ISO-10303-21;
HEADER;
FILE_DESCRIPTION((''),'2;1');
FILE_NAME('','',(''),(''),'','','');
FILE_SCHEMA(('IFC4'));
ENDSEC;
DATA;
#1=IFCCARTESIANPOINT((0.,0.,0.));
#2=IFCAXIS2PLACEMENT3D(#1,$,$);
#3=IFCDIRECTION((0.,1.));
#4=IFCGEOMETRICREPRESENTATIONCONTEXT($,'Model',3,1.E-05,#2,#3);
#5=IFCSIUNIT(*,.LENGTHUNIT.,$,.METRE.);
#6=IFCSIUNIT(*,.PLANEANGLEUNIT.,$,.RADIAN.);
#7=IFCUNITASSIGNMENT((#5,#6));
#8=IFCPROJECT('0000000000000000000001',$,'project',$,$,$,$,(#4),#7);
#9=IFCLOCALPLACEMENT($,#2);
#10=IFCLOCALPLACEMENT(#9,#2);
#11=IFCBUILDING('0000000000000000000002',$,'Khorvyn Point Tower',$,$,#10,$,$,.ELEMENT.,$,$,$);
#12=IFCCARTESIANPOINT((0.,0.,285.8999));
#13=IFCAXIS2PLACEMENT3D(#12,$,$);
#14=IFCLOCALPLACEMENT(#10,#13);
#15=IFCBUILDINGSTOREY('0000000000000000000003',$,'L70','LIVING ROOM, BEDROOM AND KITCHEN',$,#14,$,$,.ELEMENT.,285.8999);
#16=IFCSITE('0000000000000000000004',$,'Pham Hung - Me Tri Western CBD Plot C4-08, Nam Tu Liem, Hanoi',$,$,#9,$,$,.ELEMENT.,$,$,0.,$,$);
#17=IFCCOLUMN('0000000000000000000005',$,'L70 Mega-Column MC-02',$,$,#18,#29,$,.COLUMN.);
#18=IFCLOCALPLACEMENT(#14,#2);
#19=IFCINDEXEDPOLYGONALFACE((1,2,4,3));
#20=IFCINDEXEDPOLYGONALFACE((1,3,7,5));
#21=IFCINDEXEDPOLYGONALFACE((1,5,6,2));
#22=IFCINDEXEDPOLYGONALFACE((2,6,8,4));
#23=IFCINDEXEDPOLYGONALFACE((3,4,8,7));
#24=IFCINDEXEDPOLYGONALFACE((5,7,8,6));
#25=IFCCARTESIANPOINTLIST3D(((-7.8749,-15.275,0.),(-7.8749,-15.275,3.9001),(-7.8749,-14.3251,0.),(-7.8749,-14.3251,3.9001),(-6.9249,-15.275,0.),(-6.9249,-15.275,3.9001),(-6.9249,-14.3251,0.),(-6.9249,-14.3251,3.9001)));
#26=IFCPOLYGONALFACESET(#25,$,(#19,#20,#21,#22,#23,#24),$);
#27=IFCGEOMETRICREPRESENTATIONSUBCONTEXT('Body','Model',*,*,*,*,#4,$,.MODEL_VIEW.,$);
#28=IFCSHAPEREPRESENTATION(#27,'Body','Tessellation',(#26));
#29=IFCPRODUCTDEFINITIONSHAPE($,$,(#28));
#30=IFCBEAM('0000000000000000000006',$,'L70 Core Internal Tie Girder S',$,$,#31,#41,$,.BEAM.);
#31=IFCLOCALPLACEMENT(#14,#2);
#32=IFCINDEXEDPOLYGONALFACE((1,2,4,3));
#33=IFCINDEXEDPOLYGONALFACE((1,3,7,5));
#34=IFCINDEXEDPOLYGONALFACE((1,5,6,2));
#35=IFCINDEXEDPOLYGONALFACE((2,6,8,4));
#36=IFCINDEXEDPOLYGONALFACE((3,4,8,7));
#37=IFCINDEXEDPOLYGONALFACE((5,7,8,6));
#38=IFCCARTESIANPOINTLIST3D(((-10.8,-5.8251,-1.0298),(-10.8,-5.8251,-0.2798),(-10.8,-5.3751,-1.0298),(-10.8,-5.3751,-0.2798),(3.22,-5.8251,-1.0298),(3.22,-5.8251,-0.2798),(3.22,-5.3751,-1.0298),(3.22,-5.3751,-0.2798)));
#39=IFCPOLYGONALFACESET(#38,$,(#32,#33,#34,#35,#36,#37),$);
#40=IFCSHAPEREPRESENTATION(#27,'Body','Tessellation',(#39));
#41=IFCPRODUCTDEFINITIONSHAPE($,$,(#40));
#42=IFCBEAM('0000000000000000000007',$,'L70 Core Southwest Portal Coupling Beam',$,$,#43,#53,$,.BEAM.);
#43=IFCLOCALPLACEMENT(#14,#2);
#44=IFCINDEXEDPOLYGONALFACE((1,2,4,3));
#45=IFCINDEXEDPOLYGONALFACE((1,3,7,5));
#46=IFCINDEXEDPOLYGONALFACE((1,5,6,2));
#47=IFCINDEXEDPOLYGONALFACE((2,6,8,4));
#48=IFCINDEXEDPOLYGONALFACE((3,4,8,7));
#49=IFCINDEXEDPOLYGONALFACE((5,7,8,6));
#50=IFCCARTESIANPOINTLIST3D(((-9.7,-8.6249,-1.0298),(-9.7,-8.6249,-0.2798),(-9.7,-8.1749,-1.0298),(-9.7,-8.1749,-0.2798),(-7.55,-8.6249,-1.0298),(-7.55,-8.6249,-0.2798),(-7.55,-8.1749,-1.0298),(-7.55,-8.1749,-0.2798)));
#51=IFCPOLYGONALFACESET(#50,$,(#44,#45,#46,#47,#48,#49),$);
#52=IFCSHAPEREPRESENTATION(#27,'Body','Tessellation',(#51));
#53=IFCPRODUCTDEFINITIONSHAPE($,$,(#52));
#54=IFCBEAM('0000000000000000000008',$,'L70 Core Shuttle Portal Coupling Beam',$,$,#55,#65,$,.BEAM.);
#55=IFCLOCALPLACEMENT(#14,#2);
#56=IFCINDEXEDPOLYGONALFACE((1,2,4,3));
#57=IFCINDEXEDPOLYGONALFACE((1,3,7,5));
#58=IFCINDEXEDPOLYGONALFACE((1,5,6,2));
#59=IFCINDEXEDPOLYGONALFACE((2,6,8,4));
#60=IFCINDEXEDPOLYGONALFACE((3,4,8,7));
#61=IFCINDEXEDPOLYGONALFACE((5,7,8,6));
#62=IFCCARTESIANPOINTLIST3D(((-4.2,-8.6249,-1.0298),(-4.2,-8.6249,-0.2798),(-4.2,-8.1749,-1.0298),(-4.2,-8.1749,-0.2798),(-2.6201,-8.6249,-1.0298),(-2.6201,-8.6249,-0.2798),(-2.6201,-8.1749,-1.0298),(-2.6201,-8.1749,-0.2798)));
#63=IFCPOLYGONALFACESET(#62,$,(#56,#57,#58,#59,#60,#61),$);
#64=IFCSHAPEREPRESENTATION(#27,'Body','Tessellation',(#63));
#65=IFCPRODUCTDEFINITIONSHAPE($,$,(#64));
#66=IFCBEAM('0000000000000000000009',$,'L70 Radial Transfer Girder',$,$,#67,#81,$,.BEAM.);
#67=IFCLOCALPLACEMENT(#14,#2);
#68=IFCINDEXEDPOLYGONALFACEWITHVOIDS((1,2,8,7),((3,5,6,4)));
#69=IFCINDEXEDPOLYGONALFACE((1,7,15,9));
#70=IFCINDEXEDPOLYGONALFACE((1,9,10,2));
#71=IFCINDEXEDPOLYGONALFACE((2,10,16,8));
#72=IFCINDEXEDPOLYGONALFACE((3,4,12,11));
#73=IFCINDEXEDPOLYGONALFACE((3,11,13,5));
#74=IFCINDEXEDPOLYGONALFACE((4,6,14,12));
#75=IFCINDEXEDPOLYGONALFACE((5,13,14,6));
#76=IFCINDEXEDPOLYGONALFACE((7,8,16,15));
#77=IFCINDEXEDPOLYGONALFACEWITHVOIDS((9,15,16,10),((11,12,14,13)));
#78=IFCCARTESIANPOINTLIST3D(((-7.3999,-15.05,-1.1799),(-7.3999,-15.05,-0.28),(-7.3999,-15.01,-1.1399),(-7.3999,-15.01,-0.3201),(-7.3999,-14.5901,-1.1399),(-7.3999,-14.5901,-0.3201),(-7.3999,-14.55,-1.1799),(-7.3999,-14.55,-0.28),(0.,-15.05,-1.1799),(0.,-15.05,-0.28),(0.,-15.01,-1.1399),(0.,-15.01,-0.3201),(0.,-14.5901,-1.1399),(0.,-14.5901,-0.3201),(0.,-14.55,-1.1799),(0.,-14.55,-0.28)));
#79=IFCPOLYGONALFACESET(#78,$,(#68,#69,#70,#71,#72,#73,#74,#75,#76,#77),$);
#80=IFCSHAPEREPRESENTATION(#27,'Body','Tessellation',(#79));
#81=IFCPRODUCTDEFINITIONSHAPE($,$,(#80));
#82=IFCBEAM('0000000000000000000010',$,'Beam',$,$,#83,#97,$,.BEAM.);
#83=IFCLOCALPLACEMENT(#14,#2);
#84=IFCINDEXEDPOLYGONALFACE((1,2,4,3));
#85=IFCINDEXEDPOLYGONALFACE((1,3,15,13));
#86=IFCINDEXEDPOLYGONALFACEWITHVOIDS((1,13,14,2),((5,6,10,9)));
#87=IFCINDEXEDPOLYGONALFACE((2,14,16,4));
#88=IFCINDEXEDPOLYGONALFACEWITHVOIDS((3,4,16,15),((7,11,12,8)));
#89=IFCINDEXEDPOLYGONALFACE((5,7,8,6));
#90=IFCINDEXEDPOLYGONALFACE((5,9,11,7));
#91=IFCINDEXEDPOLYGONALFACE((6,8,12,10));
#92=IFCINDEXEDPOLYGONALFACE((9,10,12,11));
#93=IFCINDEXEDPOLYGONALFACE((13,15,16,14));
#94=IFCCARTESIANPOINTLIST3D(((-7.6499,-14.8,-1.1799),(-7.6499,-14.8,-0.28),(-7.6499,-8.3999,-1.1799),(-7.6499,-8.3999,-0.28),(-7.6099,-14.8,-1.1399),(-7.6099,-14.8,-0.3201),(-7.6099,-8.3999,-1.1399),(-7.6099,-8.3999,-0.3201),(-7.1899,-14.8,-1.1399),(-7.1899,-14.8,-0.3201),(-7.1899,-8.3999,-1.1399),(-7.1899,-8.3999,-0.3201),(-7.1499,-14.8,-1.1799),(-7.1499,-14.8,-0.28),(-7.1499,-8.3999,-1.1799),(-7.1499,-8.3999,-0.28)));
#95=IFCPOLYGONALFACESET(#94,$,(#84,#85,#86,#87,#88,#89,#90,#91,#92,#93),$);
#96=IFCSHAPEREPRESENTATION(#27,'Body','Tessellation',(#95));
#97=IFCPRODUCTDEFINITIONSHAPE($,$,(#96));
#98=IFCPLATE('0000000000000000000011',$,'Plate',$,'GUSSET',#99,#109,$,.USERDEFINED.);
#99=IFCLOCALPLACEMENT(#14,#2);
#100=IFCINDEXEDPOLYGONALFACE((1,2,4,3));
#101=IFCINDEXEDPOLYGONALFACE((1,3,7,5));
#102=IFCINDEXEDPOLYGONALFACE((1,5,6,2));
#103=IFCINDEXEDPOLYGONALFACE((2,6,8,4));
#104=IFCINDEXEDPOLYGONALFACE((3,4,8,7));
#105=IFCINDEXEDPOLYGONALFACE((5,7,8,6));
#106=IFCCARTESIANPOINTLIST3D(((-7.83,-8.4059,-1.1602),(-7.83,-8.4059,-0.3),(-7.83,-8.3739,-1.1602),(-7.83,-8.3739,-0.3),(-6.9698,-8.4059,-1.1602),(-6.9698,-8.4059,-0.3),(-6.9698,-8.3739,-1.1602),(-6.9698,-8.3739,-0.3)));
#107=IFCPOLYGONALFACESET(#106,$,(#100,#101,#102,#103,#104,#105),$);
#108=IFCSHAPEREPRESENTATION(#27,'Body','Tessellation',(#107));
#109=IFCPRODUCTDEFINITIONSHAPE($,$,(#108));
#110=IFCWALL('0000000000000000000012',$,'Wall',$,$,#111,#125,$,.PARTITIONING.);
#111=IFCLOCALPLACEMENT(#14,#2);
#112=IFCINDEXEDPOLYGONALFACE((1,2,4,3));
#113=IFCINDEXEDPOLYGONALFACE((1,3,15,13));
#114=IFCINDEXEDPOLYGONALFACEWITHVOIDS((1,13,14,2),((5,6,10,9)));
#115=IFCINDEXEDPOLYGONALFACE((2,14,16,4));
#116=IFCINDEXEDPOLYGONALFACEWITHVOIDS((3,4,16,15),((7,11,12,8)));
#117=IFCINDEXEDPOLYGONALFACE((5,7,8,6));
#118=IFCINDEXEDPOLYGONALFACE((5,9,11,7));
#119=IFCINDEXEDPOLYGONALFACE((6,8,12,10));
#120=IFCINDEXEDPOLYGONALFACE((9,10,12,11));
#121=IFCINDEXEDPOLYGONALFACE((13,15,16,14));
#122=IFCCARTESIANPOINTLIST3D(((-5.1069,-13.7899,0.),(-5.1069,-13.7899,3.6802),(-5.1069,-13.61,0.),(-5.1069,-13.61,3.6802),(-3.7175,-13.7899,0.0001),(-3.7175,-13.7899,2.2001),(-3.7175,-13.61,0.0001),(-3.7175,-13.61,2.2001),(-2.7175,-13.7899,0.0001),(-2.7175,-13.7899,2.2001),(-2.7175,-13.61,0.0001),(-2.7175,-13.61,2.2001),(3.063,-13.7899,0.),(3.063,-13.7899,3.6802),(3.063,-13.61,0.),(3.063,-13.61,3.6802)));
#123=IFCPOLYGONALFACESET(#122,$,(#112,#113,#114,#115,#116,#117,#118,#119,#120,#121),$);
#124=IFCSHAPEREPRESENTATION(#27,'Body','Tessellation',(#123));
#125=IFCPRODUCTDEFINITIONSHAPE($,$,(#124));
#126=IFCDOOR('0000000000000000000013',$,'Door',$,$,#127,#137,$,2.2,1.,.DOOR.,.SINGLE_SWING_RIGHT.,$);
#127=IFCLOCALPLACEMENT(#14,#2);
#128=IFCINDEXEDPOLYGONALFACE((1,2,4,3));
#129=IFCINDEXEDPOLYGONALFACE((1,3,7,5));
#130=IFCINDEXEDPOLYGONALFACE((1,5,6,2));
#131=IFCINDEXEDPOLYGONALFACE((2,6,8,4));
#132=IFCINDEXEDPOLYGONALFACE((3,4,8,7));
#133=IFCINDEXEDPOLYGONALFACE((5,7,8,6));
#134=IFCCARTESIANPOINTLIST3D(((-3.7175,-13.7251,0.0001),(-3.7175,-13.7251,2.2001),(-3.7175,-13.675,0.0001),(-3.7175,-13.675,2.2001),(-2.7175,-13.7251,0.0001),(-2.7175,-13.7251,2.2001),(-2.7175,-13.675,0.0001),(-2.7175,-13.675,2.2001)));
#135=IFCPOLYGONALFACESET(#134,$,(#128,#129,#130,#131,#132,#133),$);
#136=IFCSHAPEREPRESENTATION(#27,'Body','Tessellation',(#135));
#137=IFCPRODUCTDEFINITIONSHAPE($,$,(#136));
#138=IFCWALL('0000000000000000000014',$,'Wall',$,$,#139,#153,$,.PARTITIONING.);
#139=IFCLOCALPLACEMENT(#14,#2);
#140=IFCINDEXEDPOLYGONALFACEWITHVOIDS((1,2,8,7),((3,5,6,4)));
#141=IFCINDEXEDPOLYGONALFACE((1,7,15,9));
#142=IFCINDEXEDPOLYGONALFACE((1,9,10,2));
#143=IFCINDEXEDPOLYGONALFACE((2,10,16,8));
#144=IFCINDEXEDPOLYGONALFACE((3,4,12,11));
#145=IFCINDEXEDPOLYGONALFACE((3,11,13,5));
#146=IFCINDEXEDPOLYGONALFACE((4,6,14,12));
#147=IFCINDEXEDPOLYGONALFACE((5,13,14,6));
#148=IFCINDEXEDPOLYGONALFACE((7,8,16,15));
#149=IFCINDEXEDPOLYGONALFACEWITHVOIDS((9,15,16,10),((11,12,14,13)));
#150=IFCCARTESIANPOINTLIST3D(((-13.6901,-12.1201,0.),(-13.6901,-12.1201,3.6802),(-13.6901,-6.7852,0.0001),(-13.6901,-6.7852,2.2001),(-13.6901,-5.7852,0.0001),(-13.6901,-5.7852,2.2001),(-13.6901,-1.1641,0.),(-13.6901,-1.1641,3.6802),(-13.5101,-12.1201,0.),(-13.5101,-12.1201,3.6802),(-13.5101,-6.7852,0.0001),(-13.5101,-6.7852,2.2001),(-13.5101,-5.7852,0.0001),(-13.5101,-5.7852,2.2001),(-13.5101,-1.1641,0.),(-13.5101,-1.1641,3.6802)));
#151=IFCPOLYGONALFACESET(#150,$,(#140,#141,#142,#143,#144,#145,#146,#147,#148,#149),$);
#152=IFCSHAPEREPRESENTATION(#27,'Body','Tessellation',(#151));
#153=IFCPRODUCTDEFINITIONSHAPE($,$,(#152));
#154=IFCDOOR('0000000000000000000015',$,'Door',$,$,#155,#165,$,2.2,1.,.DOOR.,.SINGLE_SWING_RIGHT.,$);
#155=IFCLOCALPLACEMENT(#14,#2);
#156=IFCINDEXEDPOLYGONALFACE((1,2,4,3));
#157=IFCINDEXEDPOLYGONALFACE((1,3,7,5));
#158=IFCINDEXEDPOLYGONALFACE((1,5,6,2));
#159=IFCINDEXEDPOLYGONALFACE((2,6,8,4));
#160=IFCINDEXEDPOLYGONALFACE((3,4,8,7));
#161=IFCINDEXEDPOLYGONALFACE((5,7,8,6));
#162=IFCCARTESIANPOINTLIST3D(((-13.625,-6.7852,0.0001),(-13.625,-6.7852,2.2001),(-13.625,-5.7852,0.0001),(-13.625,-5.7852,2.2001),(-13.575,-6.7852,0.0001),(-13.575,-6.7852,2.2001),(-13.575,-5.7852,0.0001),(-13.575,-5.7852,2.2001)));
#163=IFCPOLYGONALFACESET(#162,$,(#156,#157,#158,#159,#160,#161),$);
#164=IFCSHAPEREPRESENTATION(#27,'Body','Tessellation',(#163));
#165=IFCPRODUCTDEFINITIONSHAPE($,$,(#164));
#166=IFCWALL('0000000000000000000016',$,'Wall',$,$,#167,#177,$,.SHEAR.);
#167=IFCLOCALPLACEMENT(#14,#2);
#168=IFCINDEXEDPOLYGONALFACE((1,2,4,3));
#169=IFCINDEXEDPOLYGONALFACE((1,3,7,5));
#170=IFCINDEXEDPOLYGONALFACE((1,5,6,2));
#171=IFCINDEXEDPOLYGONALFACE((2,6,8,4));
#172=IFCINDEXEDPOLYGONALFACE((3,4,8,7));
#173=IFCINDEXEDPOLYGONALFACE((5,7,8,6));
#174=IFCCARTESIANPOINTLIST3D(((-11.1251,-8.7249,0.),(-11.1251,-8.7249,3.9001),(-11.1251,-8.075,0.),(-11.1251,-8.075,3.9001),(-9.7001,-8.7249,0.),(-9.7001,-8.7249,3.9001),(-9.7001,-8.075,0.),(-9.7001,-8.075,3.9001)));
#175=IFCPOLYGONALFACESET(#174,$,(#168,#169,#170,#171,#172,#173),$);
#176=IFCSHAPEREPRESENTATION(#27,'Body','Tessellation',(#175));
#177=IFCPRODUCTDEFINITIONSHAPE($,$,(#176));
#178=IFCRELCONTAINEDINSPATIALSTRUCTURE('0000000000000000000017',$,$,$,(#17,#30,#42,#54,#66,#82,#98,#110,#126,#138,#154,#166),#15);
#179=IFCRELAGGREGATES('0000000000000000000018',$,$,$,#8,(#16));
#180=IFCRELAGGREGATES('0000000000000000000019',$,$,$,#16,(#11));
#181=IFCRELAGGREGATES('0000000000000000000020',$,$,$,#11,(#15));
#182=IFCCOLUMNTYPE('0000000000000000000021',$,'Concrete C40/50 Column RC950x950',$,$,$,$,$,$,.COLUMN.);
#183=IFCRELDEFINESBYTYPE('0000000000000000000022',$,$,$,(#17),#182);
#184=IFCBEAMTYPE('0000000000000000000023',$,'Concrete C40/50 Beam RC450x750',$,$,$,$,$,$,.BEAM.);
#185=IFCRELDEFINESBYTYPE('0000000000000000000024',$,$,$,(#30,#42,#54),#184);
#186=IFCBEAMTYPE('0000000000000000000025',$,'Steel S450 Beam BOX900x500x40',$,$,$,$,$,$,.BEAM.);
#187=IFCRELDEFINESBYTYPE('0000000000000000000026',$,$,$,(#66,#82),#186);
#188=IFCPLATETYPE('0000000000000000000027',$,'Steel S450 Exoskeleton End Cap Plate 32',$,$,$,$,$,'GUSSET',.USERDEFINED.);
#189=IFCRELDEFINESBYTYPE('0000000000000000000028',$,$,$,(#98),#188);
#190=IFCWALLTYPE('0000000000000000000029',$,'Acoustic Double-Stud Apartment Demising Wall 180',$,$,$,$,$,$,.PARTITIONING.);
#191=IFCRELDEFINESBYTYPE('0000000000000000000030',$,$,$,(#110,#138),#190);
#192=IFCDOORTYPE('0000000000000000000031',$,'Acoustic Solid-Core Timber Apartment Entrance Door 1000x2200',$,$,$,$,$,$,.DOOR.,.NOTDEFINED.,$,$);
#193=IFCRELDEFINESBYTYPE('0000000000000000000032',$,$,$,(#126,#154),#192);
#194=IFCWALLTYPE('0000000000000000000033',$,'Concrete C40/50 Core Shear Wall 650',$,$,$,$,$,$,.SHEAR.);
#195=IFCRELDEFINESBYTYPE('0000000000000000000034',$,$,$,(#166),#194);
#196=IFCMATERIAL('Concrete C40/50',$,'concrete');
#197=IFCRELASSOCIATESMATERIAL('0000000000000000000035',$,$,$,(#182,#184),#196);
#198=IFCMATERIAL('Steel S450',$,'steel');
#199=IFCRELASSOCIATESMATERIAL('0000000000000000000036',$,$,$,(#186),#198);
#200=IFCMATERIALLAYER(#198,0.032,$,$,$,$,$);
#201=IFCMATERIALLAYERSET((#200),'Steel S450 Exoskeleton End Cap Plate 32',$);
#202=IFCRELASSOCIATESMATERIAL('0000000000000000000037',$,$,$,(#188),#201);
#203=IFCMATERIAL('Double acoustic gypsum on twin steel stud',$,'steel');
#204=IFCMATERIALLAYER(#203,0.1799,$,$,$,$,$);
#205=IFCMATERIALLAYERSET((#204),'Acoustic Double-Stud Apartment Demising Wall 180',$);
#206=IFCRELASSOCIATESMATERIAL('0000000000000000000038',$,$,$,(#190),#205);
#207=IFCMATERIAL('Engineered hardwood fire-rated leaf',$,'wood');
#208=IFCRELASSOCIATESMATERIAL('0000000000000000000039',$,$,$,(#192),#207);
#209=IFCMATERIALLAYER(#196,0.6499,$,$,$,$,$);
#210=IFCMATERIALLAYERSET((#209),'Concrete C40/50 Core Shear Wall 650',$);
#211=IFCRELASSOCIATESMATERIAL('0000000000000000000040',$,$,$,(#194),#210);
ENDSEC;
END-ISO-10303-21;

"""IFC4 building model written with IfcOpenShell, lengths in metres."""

from ifc_helpers import new_model, si_unit, direction, frame, frame_2d, origin, origin_2d, place, context, subcontext, project, spatial, rectangle, hollow_rectangle, extrude, material, layer, layer_set, material_profile, profile_set, type_object, element, fill, save


model = new_model("IFC4")

# Units and contexts
model_context = context("Model", 3, precision=1e-05, world=origin(), true_north=direction((0.0, 1.0)))
body_context = subcontext(model_context, "Body", "Model", "MODEL_VIEW")
ifc_project = project(units=[si_unit("LENGTHUNIT", "METRE"), si_unit("PLANEANGLEUNIT", "RADIAN")], contexts=[model_context])

# Site, building, storey
site_placement = place(None, origin())
site = spatial("IfcSite", under=ifc_project, at=site_placement, Name="Pham Hung - Me Tri Western CBD Plot C4-08, Nam Tu Liem, Hanoi", CompositionType="ELEMENT", RefElevation=0.0)
building_placement = place(site_placement, origin())
building = spatial("IfcBuilding", under=site, at=building_placement, Name="Khorvyn Point Tower", CompositionType="ELEMENT")
storey_placement = place(building_placement, frame((0.0, 0.0, 285.8999)))
storey = spatial("IfcBuildingStorey", under=building, at=storey_placement, Name="L70", Description="LIVING ROOM, BEDROOM AND KITCHEN", CompositionType="ELEMENT", Elevation=285.8999)

# Column
ifc_material_1 = material(Name="Concrete C40/50", Category="concrete")
ifc_material_profile_1 = material_profile(ifc_material_1, rectangle(XDim=0.95, YDim=0.95, at=origin_2d()))
ifc_profile_set_1 = profile_set([ifc_material_profile_1], Name="Concrete C40/50 RC950x950")
column_type = type_object("IfcColumnType", Name="Concrete C40/50 Column RC950x950", PredefinedType="COLUMN", material=ifc_profile_set_1)
column_placement = place(storey_placement, frame((-7.3999, -14.8, 0.0), z_axis=(0.0, 0.0, 1.0), x_axis=(1.0, 0.0, 0.0)))
element("IfcColumn", 1, at=column_placement, inside=storey, type_object=column_type, Name="L70 Mega-Column MC-02", PredefinedType="COLUMN", context=body_context, shape_type="SweptSolid", body=[
    extrude(rectangle(XDim=0.95, YDim=0.95, at=origin_2d()), origin(), (0.0, 0.0, 1.0), 3.9001),
])

# Beams
ifc_material_profile_2 = material_profile(ifc_material_1, rectangle(XDim=0.45, YDim=0.75, at=origin_2d()))
ifc_profile_set_2 = profile_set([ifc_material_profile_2], Name="Concrete C40/50 RC450x750")
beam_type_1 = type_object("IfcBeamType", Name="Concrete C40/50 Beam RC450x750", PredefinedType="BEAM", material=ifc_profile_set_2)
beam_1_placement = place(storey_placement, frame((-10.8, -5.6001, -0.6548), z_axis=(1.0, 0.0, 0.0), x_axis=(0.0, 1.0, 0.0)))
element("IfcBeam", 2, at=beam_1_placement, inside=storey, type_object=beam_type_1, Name="L70 Core Internal Tie Girder S", PredefinedType="BEAM", context=body_context, shape_type="SweptSolid", body=[
    extrude(rectangle(XDim=0.45, YDim=0.75, at=origin_2d()), origin(), (0.0, 0.0, 1.0), 14.02),
])
beam_2_placement = place(storey_placement, frame((-9.7, -8.3999, -0.6548), z_axis=(1.0, 0.0, 0.0), x_axis=(0.0, 1.0, 0.0)))
element("IfcBeam", 3, at=beam_2_placement, inside=storey, type_object=beam_type_1, Name="L70 Core Southwest Portal Coupling Beam", PredefinedType="BEAM", context=body_context, shape_type="SweptSolid", body=[
    extrude(rectangle(XDim=0.45, YDim=0.75, at=origin_2d()), origin(), (0.0, 0.0, 1.0), 2.1499),
])
beam_3_placement = place(storey_placement, frame((-4.2, -8.3999, -0.6548), z_axis=(1.0, 0.0, 0.0), x_axis=(0.0, 1.0, 0.0)))
element("IfcBeam", 4, at=beam_3_placement, inside=storey, type_object=beam_type_1, Name="L70 Core Shuttle Portal Coupling Beam", PredefinedType="BEAM", context=body_context, shape_type="SweptSolid", body=[
    extrude(rectangle(XDim=0.45, YDim=0.75, at=origin_2d()), origin(), (0.0, 0.0, 1.0), 1.5798),
])
ifc_material_2 = material(Name="Steel S450", Category="steel")
ifc_material_profile_3 = material_profile(ifc_material_2, hollow_rectangle(XDim=0.5, YDim=0.8999, WallThickness=0.04, at=origin_2d()))
ifc_profile_set_3 = profile_set([ifc_material_profile_3], Name="Steel S450 BOX900x500x40")
beam_type_2 = type_object("IfcBeamType", Name="Steel S450 Beam BOX900x500x40", PredefinedType="BEAM", material=ifc_profile_set_3)
beam_4_placement = place(storey_placement, frame((-7.3999, -14.8, -0.73), z_axis=(1.0, 0.0, 0.0), x_axis=(0.0, 1.0, 0.0)))
element("IfcBeam", 5, at=beam_4_placement, inside=storey, type_object=beam_type_2, Name="L70 Radial Transfer Girder", PredefinedType="BEAM", context=body_context, shape_type="SweptSolid", body=[
    extrude(hollow_rectangle(XDim=0.5, YDim=0.8999, WallThickness=0.04, at=origin_2d()), origin(), (0.0, 0.0, 1.0), 7.3999),
])
beam_5_placement = place(storey_placement, frame((-7.3999, -14.8, -0.73), z_axis=(0.0, 1.0, 0.0), x_axis=(-1.0, 0.0, 0.0)))
element("IfcBeam", 6, at=beam_5_placement, inside=storey, type_object=beam_type_2, Name="Beam", PredefinedType="BEAM", context=body_context, shape_type="SweptSolid", body=[
    extrude(hollow_rectangle(XDim=0.5, YDim=0.8999, WallThickness=0.04, at=origin_2d()), origin(), (0.0, 0.0, 1.0), 6.4001),
])

# Plate
ifc_layer_1 = layer(ifc_material_2, 0.032)
ifc_layer_set_1 = layer_set([ifc_layer_1], Name="Steel S450 Exoskeleton End Cap Plate 32")
plate_type = type_object("IfcPlateType", Name="Steel S450 Exoskeleton End Cap Plate 32", ElementType="GUSSET", PredefinedType="USERDEFINED", material=ifc_layer_set_1)
plate_placement = place(storey_placement, frame((-7.3999, -8.3899, -1.1602), z_axis=(0.0, 0.0, 1.0), x_axis=(1.0, 0.0, 0.0)))
element("IfcPlate", 7, at=plate_placement, inside=storey, type_object=plate_type, Name="Plate", ObjectType="GUSSET", PredefinedType="USERDEFINED", context=body_context, shape_type="SweptSolid", body=[
    extrude(rectangle(XDim=0.8601, YDim=0.032, at=origin_2d()), origin(), (0.0, 0.0, 1.0), 0.8601),
])

# Walls, openings, doors
ifc_material_3 = material(Name="Double acoustic gypsum on twin steel stud", Category="steel")
ifc_layer_2 = layer(ifc_material_3, 0.1799)
ifc_layer_set_2 = layer_set([ifc_layer_2], Name="Acoustic Double-Stud Apartment Demising Wall 180")
wall_type_1 = type_object("IfcWallType", Name="Acoustic Double-Stud Apartment Demising Wall 180", PredefinedType="PARTITIONING", material=ifc_layer_set_2)
wall_1_placement = place(storey_placement, frame((-5.1069, -13.7, 0.0), z_axis=(0.0, 0.0, 1.0), x_axis=(1.0, 0.0, 0.0)))
wall_1 = element("IfcWall", 8, at=wall_1_placement, inside=storey, type_object=wall_type_1, Name="Wall", PredefinedType="PARTITIONING", context=body_context, shape_type="SweptSolid", body=[
    extrude(rectangle(XDim=8.1699, YDim=0.1799, at=frame_2d((4.085, 0.0))), origin(), (0.0, 0.0, 1.0), 3.6802),
])
opening_1_placement = place(wall_1_placement, frame((1.3894, 0.0, 0.0)))
opening_1 = element("IfcOpeningElement", 9, at=opening_1_placement, cuts=wall_1, PredefinedType="OPENING", context=body_context, shape_type="SweptSolid", body=[
    extrude(rectangle(XDim=1.0, YDim=2.2, at=frame_2d((0.5, 1.1001))), frame((0.0, 0.0999, 0.0), z_axis=(0.0, -1.0, 0.0), x_axis=(1.0, 0.0, 0.0)), (0.0, 0.0, 1.0), 0.2),
])
ifc_material_4 = material(Name="Engineered hardwood fire-rated leaf", Category="wood")
door_type_1 = type_object("IfcDoorType", Name="Acoustic Solid-Core Timber Apartment Entrance Door 1000x2200", OperationType="NOTDEFINED", PredefinedType="DOOR", material=ifc_material_4)
door_1_placement = place(opening_1_placement, origin())
door_1 = element("IfcDoor", 10, at=door_1_placement, inside=storey, type_object=door_type_1, Name="Door", OperationType="SINGLE_SWING_RIGHT", OverallHeight=2.2, OverallWidth=1.0, PredefinedType="DOOR", context=body_context, shape_type="SweptSolid", body=[
    extrude(rectangle(XDim=1.0, YDim=2.2, at=frame_2d((0.5, 1.1001))), frame((0.0, 0.0249, 0.0), z_axis=(0.0, -1.0, 0.0), x_axis=(1.0, 0.0, 0.0)), (0.0, 0.0, 1.0), 0.05),
])
fill(opening_1, door_1)
wall_2_placement = place(storey_placement, frame((-13.6001, -12.1201, 0.0), z_axis=(0.0, 0.0, 1.0), x_axis=(0.0, 1.0, 0.0)))
wall_2 = element("IfcWall", 11, at=wall_2_placement, inside=storey, type_object=wall_type_1, Name="Wall", PredefinedType="PARTITIONING", context=body_context, shape_type="SweptSolid", body=[
    extrude(rectangle(XDim=10.9561, YDim=0.1799, at=frame_2d((5.478, 0.0))), origin(), (0.0, 0.0, 1.0), 3.6802),
])
opening_2_placement = place(wall_2_placement, frame((5.335, 0.0, 0.0)))
opening_2 = element("IfcOpeningElement", 12, at=opening_2_placement, cuts=wall_2, PredefinedType="OPENING", context=body_context, shape_type="SweptSolid", body=[
    extrude(rectangle(XDim=1.0, YDim=2.2, at=frame_2d((0.5, 1.1001))), frame((0.0, 0.0999, 0.0), z_axis=(0.0, -1.0, 0.0), x_axis=(1.0, 0.0, 0.0)), (0.0, 0.0, 1.0), 0.2),
])
door_2_placement = place(opening_2_placement, origin())
door_2 = element("IfcDoor", 13, at=door_2_placement, inside=storey, type_object=door_type_1, Name="Door", OperationType="SINGLE_SWING_RIGHT", OverallHeight=2.2, OverallWidth=1.0, PredefinedType="DOOR", context=body_context, shape_type="SweptSolid", body=[
    extrude(rectangle(XDim=1.0, YDim=2.2, at=frame_2d((0.5, 1.1001))), frame((0.0, 0.0249, 0.0), z_axis=(0.0, -1.0, 0.0), x_axis=(1.0, 0.0, 0.0)), (0.0, 0.0, 1.0), 0.05),
])
fill(opening_2, door_2)

# Wall
ifc_layer_3 = layer(ifc_material_1, 0.6499)
ifc_layer_set_3 = layer_set([ifc_layer_3], Name="Concrete C40/50 Core Shear Wall 650")
wall_type_2 = type_object("IfcWallType", Name="Concrete C40/50 Core Shear Wall 650", PredefinedType="SHEAR", material=ifc_layer_set_3)
wall_3_placement = place(storey_placement, frame((-11.125, -8.3999, 0.0), z_axis=(0.0, 0.0, 1.0), x_axis=(1.0, 0.0, 0.0)))
element("IfcWall", 14, at=wall_3_placement, inside=storey, type_object=wall_type_2, Name="Wall", PredefinedType="SHEAR", context=body_context, shape_type="SweptSolid", body=[
    extrude(rectangle(XDim=1.425, YDim=0.6499, at=frame_2d((0.7124, 0.0))), origin(), (0.0, 0.0, 1.0), 3.9001),
])

save(model, "model.ifc")
